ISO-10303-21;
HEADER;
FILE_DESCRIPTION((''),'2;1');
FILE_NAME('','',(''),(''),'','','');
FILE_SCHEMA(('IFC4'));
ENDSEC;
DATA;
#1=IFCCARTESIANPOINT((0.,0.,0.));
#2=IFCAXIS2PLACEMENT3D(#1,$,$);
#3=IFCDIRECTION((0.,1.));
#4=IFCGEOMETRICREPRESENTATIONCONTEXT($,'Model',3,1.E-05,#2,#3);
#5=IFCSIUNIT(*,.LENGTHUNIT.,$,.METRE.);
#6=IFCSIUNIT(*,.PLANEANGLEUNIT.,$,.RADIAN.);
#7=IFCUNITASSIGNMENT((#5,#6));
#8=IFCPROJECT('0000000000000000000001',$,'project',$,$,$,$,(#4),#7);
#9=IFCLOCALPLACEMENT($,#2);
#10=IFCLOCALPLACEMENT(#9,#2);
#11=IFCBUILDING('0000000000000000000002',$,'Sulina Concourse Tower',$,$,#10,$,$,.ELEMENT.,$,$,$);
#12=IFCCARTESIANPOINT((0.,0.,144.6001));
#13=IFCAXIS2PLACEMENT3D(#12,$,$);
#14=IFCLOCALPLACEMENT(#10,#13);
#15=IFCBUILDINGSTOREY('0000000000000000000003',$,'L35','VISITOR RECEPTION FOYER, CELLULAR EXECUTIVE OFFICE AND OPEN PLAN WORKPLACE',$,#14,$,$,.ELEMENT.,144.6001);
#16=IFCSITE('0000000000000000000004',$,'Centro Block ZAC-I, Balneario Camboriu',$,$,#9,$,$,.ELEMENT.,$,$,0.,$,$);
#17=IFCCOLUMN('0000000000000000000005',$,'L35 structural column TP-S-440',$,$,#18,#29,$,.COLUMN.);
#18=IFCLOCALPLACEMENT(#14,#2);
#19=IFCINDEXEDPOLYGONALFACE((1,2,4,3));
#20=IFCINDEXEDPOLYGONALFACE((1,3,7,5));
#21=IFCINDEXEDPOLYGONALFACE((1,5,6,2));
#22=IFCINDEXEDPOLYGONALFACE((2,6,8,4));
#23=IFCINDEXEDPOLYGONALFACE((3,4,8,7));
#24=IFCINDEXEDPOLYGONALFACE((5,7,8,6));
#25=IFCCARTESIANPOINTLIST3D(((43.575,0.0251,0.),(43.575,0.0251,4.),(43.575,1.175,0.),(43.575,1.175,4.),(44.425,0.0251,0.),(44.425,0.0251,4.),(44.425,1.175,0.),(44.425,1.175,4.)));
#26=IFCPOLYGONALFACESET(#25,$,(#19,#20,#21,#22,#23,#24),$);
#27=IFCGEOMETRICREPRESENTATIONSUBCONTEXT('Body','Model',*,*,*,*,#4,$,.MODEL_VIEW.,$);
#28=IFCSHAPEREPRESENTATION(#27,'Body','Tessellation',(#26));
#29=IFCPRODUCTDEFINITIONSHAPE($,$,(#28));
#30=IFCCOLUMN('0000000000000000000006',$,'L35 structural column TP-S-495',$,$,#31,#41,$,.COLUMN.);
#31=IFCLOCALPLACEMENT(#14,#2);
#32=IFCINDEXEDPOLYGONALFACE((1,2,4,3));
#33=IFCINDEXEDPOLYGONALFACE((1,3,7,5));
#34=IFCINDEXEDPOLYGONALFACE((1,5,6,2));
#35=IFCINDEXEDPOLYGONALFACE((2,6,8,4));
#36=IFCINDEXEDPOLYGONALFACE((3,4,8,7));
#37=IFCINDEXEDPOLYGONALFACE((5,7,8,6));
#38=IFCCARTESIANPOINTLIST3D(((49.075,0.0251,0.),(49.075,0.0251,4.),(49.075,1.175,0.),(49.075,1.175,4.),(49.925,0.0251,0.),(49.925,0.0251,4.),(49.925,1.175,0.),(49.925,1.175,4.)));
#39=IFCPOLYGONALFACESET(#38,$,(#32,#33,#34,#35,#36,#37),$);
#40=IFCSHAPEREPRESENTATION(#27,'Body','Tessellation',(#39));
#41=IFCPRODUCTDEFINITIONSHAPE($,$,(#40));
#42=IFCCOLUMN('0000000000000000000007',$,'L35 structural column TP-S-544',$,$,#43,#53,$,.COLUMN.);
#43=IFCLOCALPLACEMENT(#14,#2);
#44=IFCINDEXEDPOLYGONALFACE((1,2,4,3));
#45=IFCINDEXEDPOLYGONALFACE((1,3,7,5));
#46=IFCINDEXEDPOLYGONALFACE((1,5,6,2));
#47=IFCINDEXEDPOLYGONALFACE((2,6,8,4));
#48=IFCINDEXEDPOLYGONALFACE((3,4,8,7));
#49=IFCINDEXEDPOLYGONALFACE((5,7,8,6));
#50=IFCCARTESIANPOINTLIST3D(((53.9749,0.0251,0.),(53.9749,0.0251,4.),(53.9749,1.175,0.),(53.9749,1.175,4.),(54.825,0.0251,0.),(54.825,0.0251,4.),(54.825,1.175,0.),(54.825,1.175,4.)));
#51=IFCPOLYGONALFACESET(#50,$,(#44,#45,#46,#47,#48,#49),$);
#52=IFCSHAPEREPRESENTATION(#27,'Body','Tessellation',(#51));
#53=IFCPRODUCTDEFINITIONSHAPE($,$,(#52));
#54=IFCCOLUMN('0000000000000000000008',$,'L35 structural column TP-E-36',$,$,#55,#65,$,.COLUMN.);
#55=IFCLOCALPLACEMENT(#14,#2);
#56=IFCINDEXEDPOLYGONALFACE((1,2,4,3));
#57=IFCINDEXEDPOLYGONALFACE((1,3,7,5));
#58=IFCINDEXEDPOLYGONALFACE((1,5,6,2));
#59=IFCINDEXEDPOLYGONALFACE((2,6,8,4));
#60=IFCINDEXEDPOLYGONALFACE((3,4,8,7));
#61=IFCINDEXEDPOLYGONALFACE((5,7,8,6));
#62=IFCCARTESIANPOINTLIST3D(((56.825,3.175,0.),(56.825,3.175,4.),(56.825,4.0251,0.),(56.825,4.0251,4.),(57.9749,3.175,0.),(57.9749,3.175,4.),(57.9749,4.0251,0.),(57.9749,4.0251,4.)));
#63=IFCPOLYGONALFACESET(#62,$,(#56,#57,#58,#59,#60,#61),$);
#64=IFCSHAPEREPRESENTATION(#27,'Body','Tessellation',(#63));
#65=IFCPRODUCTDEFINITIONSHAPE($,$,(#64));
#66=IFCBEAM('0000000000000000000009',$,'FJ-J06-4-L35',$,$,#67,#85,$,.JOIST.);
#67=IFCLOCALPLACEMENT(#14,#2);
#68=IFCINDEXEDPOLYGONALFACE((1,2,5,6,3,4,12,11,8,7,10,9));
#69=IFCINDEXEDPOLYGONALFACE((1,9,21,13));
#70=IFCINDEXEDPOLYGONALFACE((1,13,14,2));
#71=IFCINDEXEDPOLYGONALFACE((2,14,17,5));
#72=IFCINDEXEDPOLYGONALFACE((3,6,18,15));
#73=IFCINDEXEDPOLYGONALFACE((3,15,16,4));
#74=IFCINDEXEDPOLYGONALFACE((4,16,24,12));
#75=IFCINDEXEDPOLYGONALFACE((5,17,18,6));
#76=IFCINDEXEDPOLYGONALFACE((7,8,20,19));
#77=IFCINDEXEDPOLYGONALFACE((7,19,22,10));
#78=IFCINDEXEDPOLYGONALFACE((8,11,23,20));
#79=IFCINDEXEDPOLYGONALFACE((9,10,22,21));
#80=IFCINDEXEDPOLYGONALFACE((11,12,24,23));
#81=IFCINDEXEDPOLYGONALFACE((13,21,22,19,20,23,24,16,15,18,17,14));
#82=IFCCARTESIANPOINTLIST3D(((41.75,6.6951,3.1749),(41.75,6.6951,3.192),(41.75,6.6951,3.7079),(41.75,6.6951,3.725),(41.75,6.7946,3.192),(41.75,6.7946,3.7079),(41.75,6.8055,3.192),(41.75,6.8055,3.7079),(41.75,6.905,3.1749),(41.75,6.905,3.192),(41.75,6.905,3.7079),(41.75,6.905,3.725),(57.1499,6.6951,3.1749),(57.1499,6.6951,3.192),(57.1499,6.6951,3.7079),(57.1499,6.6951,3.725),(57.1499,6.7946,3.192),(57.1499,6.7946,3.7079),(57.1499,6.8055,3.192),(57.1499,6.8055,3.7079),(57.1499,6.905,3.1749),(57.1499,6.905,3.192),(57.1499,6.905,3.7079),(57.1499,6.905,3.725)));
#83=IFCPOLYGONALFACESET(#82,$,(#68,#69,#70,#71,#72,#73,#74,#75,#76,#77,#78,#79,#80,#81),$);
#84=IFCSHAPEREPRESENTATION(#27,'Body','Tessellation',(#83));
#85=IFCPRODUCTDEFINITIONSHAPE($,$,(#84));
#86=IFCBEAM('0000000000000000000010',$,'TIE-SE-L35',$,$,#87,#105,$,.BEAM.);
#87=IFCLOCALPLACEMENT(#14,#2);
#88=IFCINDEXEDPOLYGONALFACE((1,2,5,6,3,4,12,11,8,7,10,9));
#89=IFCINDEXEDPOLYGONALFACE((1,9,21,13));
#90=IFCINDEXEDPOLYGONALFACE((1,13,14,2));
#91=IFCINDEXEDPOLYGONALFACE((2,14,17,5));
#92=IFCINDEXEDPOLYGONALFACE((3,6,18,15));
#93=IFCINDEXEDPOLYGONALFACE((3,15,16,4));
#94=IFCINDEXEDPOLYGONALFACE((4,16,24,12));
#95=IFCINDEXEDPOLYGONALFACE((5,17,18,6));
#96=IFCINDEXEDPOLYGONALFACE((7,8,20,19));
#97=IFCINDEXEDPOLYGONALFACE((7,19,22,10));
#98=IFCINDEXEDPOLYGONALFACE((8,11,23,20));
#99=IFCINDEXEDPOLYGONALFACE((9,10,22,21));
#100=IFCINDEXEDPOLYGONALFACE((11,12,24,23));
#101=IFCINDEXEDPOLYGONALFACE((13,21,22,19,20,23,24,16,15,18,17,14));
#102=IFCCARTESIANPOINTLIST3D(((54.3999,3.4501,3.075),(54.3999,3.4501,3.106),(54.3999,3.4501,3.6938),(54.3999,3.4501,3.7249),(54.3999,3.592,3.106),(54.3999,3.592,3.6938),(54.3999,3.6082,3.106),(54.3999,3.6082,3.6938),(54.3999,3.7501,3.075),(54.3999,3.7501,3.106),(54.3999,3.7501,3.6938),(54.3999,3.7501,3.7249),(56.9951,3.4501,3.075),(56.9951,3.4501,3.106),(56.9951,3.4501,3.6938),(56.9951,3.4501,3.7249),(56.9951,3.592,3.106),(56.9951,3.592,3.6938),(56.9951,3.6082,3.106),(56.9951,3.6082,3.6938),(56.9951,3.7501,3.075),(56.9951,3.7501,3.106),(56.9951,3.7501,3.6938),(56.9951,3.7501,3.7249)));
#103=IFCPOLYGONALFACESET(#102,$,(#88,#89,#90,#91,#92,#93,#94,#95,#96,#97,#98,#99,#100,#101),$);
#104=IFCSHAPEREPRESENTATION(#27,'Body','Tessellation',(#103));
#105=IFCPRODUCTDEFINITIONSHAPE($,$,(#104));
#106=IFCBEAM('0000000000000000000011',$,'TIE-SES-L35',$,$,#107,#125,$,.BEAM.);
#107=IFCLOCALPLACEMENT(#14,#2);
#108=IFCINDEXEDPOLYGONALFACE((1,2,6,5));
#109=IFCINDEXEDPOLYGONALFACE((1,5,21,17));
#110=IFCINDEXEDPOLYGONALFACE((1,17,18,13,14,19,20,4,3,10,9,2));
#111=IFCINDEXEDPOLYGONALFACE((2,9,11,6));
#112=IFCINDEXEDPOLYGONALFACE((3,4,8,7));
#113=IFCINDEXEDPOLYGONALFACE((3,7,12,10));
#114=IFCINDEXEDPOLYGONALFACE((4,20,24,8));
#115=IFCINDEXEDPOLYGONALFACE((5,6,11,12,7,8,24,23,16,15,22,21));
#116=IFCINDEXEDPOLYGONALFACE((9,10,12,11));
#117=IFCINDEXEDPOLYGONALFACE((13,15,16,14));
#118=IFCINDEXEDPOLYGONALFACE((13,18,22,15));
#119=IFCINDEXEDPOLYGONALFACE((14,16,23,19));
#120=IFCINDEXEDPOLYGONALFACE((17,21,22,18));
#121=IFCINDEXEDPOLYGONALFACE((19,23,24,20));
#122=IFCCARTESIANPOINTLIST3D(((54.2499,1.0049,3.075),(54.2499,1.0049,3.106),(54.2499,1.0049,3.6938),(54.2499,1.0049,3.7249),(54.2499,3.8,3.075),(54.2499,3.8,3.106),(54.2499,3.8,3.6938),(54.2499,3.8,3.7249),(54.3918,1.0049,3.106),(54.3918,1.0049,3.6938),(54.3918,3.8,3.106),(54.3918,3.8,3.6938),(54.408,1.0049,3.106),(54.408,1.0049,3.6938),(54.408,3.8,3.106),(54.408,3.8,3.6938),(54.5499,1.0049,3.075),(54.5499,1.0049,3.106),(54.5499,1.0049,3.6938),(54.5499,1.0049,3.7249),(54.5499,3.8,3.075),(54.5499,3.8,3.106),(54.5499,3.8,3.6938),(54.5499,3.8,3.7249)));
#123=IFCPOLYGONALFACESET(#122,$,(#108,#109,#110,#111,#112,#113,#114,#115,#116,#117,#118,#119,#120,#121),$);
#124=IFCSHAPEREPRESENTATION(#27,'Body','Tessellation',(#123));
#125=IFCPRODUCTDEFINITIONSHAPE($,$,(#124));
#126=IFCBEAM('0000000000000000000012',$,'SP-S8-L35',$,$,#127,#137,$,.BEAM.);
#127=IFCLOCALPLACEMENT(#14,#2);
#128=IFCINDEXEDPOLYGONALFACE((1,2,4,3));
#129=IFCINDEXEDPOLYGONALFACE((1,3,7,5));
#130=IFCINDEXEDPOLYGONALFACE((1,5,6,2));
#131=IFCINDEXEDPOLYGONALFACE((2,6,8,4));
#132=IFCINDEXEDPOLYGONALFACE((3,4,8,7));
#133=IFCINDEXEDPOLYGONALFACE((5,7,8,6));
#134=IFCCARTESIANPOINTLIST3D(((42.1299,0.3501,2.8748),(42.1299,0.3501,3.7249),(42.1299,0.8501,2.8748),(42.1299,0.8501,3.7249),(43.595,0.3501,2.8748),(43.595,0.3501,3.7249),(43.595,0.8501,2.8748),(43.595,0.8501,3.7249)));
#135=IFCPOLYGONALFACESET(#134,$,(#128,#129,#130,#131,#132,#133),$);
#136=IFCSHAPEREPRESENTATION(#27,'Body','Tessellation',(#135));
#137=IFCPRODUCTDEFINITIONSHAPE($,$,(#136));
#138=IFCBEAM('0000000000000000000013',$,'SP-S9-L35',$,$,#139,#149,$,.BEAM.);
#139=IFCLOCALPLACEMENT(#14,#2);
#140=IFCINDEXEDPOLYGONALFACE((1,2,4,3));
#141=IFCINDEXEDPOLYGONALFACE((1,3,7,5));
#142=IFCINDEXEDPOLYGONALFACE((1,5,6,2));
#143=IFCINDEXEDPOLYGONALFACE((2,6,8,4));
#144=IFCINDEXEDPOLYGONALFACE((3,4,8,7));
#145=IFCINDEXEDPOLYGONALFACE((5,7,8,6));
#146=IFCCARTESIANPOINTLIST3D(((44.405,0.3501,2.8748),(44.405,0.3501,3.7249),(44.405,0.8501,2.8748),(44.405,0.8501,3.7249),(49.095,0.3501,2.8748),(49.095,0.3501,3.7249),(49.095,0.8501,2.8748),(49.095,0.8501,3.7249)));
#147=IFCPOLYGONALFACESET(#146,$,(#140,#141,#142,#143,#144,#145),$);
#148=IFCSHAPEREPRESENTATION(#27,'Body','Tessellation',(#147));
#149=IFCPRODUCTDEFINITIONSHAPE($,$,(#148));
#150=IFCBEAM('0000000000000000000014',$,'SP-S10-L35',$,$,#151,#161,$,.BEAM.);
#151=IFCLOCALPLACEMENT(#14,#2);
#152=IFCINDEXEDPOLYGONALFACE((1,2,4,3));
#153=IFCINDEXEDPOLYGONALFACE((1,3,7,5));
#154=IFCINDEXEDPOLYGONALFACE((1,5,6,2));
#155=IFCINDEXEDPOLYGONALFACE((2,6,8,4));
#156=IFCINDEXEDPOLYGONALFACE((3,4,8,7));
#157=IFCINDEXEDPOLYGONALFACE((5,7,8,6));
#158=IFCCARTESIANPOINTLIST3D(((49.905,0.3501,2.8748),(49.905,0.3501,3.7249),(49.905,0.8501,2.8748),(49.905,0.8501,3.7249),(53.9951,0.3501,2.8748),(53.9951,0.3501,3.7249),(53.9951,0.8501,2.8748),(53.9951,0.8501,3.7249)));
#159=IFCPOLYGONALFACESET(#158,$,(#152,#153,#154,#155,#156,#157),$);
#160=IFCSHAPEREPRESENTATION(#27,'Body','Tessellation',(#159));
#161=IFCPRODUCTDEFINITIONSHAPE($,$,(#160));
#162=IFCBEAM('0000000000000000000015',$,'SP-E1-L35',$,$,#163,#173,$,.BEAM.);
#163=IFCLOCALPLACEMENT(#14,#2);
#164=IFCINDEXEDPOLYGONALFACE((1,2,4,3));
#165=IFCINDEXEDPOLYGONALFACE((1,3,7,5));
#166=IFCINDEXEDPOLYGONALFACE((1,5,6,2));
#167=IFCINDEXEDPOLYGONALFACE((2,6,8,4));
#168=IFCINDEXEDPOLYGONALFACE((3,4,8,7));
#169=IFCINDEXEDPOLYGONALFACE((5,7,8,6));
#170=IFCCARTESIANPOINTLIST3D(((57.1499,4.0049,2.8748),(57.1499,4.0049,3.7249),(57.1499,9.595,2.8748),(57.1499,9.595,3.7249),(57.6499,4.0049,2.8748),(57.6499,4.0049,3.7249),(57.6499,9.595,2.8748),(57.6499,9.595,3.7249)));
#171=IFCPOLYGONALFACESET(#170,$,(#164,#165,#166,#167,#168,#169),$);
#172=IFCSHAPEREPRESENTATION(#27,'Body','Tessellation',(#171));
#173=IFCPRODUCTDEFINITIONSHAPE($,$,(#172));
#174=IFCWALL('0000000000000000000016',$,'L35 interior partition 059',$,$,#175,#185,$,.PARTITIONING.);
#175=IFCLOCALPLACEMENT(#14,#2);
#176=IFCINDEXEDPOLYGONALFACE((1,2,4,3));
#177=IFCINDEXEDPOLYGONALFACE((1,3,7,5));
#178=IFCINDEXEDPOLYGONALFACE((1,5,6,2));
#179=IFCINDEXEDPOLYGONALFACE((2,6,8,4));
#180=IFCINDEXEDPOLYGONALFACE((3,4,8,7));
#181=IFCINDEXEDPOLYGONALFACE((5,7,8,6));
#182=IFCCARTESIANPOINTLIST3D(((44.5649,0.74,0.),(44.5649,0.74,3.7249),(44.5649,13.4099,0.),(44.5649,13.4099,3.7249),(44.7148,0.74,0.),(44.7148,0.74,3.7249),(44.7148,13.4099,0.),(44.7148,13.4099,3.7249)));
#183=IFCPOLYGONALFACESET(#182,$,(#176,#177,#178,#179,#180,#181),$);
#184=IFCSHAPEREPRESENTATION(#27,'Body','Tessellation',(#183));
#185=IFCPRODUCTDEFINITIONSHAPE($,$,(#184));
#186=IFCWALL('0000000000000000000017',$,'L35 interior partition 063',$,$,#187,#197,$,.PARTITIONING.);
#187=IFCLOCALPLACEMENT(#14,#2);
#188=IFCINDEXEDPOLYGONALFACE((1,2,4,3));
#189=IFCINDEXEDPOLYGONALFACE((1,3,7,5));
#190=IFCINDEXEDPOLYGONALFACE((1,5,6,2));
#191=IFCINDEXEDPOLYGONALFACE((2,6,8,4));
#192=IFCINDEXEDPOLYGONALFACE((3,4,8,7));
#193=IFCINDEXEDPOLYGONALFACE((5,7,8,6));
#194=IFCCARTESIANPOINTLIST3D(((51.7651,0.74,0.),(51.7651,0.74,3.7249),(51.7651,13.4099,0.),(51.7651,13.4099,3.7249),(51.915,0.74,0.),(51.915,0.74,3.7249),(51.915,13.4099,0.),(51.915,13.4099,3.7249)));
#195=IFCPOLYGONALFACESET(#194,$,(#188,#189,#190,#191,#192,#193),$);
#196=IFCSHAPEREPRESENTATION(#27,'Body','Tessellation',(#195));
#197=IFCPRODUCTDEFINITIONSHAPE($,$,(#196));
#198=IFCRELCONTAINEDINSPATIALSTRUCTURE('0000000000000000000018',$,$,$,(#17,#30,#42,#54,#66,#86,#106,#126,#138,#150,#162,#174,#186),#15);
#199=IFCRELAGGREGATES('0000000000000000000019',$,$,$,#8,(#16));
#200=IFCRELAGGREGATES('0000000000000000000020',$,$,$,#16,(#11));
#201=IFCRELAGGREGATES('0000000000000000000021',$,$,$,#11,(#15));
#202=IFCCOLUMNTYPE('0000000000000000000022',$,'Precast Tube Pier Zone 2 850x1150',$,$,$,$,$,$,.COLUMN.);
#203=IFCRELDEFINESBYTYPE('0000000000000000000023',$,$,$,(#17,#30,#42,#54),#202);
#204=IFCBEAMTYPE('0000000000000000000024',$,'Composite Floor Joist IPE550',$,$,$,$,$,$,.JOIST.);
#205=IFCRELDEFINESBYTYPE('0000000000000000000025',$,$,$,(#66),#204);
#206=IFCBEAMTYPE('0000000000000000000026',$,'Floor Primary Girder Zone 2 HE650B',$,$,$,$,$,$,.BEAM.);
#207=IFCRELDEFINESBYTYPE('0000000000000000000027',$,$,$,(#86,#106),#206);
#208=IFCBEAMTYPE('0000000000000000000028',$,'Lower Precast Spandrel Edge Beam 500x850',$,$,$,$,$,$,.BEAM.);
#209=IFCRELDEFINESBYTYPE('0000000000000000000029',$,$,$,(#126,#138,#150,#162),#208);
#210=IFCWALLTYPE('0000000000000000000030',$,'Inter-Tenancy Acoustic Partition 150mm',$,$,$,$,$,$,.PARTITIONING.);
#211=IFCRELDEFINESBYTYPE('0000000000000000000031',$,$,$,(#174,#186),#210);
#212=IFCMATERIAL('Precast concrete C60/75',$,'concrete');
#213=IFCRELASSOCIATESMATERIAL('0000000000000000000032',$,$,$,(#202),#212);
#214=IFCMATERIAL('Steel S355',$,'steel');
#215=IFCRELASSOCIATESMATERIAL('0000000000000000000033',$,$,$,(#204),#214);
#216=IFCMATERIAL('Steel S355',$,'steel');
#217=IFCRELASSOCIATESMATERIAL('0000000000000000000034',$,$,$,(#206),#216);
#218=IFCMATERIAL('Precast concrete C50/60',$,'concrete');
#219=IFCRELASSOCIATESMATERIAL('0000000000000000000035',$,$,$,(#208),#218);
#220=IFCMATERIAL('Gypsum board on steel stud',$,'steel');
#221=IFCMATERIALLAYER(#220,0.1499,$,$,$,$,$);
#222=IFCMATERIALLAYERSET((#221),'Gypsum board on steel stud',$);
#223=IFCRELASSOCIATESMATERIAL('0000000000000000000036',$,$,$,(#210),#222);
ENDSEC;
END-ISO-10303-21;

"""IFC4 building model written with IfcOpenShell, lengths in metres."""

from ifc_helpers import new_model, si_unit, direction, frame, frame_2d, origin, origin_2d, place, context, subcontext, project, spatial, rectangle, i_section, extrude, material, layer, layer_set, material_profile, profile_set, type_object, element, save


model = new_model("IFC4")

# Units and contexts
model_context = context("Model", 3, precision=1e-05, world=origin(), true_north=direction((0.0, 1.0)))
body_context = subcontext(model_context, "Body", "Model", "MODEL_VIEW")
ifc_project = project(units=[si_unit("LENGTHUNIT", "METRE"), si_unit("PLANEANGLEUNIT", "RADIAN")], contexts=[model_context])

# Site, building, storey
site_placement = place(None, origin())
site = spatial("IfcSite", under=ifc_project, at=site_placement, Name="Centro Block ZAC-I, Balneario Camboriu", CompositionType="ELEMENT", RefElevation=0.0)
building_placement = place(site_placement, origin())
building = spatial("IfcBuilding", under=site, at=building_placement, Name="Sulina Concourse Tower", CompositionType="ELEMENT")
storey_placement = place(building_placement, frame((0.0, 0.0, 144.6001)))
storey = spatial("IfcBuildingStorey", under=building, at=storey_placement, Name="L35", Description="VISITOR RECEPTION FOYER, CELLULAR EXECUTIVE OFFICE AND OPEN PLAN WORKPLACE", CompositionType="ELEMENT", Elevation=144.6001)

# Columns
ifc_material_1 = material(Name="Precast concrete C60/75", Category="concrete")
ifc_material_profile_1 = material_profile(ifc_material_1, rectangle(XDim=0.8501, YDim=1.1499, at=origin_2d()), Name="PC 850x1150")
ifc_profile_set_1 = profile_set([ifc_material_profile_1], Name="Precast concrete C60/75")
column_type = type_object("IfcColumnType", Name="Precast Tube Pier Zone 2 850x1150", PredefinedType="COLUMN", material=ifc_profile_set_1)
for number, where, z_axis, x_axis, name in (
    (1, (44.0, 0.6001, 0.0), (0.0, 0.0, 1.0), (1.0, 0.0, 0.0), "L35 structural column TP-S-440"),
    (2, (49.5, 0.6001, 0.0), (0.0, 0.0, 1.0), (1.0, 0.0, 0.0), "L35 structural column TP-S-495"),
    (3, (54.3999, 0.6001, 0.0), (0.0, 0.0, 1.0), (1.0, 0.0, 0.0), "L35 structural column TP-S-544"),
    (4, (57.3999, 3.6001, 0.0), (0.0, 0.0, 1.0), (0.0, 1.0, 0.0), "L35 structural column TP-E-36"),
):
    element("IfcColumn", number, at=place(storey_placement, frame(where, z_axis=z_axis, x_axis=x_axis)), inside=storey, type_object=column_type, Name=name, PredefinedType="COLUMN", context=body_context, shape_type="SweptSolid", body=[
        extrude(rectangle(XDim=0.8501, YDim=1.1499, at=origin_2d()), origin(), (0.0, 0.0, 1.0), 4.0),
    ])

# Beams
ifc_material_2 = material(Name="Steel S355", Category="steel")
ifc_material_profile_2 = material_profile(ifc_material_2, i_section(OverallWidth=0.21, OverallDepth=0.55, WebThickness=0.011, FlangeThickness=0.0171, at=origin_2d()), Name="IPE 550")
ifc_profile_set_2 = profile_set([ifc_material_profile_2], Name="Steel S355")
beam_type_1 = type_object("IfcBeamType", Name="Composite Floor Joist IPE550", PredefinedType="JOIST", material=ifc_profile_set_2)
beam_1_placement = place(storey_placement, frame((41.75, 6.8, 3.45), z_axis=(1.0, 0.0, 0.0), x_axis=(0.0, 1.0, 0.0)))
element("IfcBeam", 5, at=beam_1_placement, inside=storey, type_object=beam_type_1, Name="FJ-J06-4-L35", PredefinedType="JOIST", context=body_context, shape_type="SweptSolid", body=[
    extrude(i_section(OverallWidth=0.21, OverallDepth=0.55, WebThickness=0.011, FlangeThickness=0.0171, at=origin_2d()), origin(), (0.0, 0.0, 1.0), 15.3999),
])
ifc_material_3 = material(Name="Steel S355", Category="steel")
ifc_material_profile_3 = material_profile(ifc_material_3, i_section(OverallWidth=0.3, OverallDepth=0.6499, WebThickness=0.0161, FlangeThickness=0.031, at=origin_2d()), Name="HE 650 B")
ifc_profile_set_3 = profile_set([ifc_material_profile_3], Name="Steel S355")
beam_type_2 = type_object("IfcBeamType", Name="Floor Primary Girder Zone 2 HE650B", PredefinedType="BEAM", material=ifc_profile_set_3)
beam_2_placement = place(storey_placement, frame((54.3999, 3.6001, 3.3999), z_axis=(1.0, 0.0, 0.0), x_axis=(0.0, 1.0, 0.0)))
element("IfcBeam", 6, at=beam_2_placement, inside=storey, type_object=beam_type_2, Name="TIE-SE-L35", PredefinedType="BEAM", context=body_context, shape_type="SweptSolid", body=[
    extrude(i_section(OverallWidth=0.3, OverallDepth=0.6499, WebThickness=0.0161, FlangeThickness=0.031, at=origin_2d()), origin(), (0.0, 0.0, 1.0), 2.5952),
])
beam_3_placement = place(storey_placement, frame((54.3999, 1.0049, 3.3999), z_axis=(0.0, 1.0, 0.0), x_axis=(-1.0, 0.0, 0.0)))
element("IfcBeam", 7, at=beam_3_placement, inside=storey, type_object=beam_type_2, Name="TIE-SES-L35", PredefinedType="BEAM", context=body_context, shape_type="SweptSolid", body=[
    extrude(i_section(OverallWidth=0.3, OverallDepth=0.6499, WebThickness=0.0161, FlangeThickness=0.031, at=origin_2d()), origin(), (0.0, 0.0, 1.0), 2.7952),
])
ifc_material_4 = material(Name="Precast concrete C50/60", Category="concrete")
ifc_material_profile_4 = material_profile(ifc_material_4, rectangle(XDim=0.5, YDim=0.8501, at=origin_2d()), Name="RC 500x850")
ifc_profile_set_4 = profile_set([ifc_material_profile_4], Name="Precast concrete C50/60")
beam_type_3 = type_object("IfcBeamType", Name="Lower Precast Spandrel Edge Beam 500x850", PredefinedType="BEAM", material=ifc_profile_set_4)
beam_4_placement = place(storey_placement, frame((42.1299, 0.6001, 3.2998), z_axis=(1.0, 0.0, 0.0), x_axis=(0.0, 1.0, 0.0)))
element("IfcBeam", 8, at=beam_4_placement, inside=storey, type_object=beam_type_3, Name="SP-S8-L35", PredefinedType="BEAM", context=body_context, shape_type="SweptSolid", body=[
    extrude(rectangle(XDim=0.5, YDim=0.8501, at=origin_2d()), origin(), (0.0, 0.0, 1.0), 1.4651),
])
beam_5_placement = place(storey_placement, frame((44.405, 0.6001, 3.2998), z_axis=(1.0, 0.0, 0.0), x_axis=(0.0, 1.0, 0.0)))
element("IfcBeam", 9, at=beam_5_placement, inside=storey, type_object=beam_type_3, Name="SP-S9-L35", PredefinedType="BEAM", context=body_context, shape_type="SweptSolid", body=[
    extrude(rectangle(XDim=0.5, YDim=0.8501, at=origin_2d()), origin(), (0.0, 0.0, 1.0), 4.6899),
])
beam_6_placement = place(storey_placement, frame((49.905, 0.6001, 3.2998), z_axis=(1.0, 0.0, 0.0), x_axis=(0.0, 1.0, 0.0)))
element("IfcBeam", 10, at=beam_6_placement, inside=storey, type_object=beam_type_3, Name="SP-S10-L35", PredefinedType="BEAM", context=body_context, shape_type="SweptSolid", body=[
    extrude(rectangle(XDim=0.5, YDim=0.8501, at=origin_2d()), origin(), (0.0, 0.0, 1.0), 4.0901),
])
beam_7_placement = place(storey_placement, frame((57.3999, 4.0049, 3.2998), z_axis=(0.0, 1.0, 0.0), x_axis=(-1.0, 0.0, 0.0)))
element("IfcBeam", 11, at=beam_7_placement, inside=storey, type_object=beam_type_3, Name="SP-E1-L35", PredefinedType="BEAM", context=body_context, shape_type="SweptSolid", body=[
    extrude(rectangle(XDim=0.5, YDim=0.8501, at=origin_2d()), origin(), (0.0, 0.0, 1.0), 5.5901),
])

# Walls
ifc_material_5 = material(Name="Gypsum board on steel stud", Category="steel")
ifc_layer_1 = layer(ifc_material_5, 0.1499)
ifc_layer_set_1 = layer_set([ifc_layer_1], Name="Gypsum board on steel stud")
wall_type_1 = type_object("IfcWallType", Name="Inter-Tenancy Acoustic Partition 150mm", PredefinedType="PARTITIONING", material=ifc_layer_set_1)
for number, where, z_axis, x_axis, name in (
    (12, (44.6399, 0.74, 0.0), (0.0, 0.0, 1.0), (0.0, 1.0, 0.0), "L35 interior partition 059"),
    (13, (51.8401, 0.74, 0.0), (0.0, 0.0, 1.0), (0.0, 1.0, 0.0), "L35 interior partition 063"),
):
    element("IfcWall", number, at=place(storey_placement, frame(where, z_axis=z_axis, x_axis=x_axis)), inside=storey, type_object=wall_type_1, Name=name, PredefinedType="PARTITIONING", context=body_context, shape_type="SweptSolid", body=[
        extrude(rectangle(XDim=12.6699, YDim=0.1499, at=frame_2d((6.335, 0.0))), origin(), (0.0, 0.0, 1.0), 3.7249),
    ])

save(model, "model.ifc")
